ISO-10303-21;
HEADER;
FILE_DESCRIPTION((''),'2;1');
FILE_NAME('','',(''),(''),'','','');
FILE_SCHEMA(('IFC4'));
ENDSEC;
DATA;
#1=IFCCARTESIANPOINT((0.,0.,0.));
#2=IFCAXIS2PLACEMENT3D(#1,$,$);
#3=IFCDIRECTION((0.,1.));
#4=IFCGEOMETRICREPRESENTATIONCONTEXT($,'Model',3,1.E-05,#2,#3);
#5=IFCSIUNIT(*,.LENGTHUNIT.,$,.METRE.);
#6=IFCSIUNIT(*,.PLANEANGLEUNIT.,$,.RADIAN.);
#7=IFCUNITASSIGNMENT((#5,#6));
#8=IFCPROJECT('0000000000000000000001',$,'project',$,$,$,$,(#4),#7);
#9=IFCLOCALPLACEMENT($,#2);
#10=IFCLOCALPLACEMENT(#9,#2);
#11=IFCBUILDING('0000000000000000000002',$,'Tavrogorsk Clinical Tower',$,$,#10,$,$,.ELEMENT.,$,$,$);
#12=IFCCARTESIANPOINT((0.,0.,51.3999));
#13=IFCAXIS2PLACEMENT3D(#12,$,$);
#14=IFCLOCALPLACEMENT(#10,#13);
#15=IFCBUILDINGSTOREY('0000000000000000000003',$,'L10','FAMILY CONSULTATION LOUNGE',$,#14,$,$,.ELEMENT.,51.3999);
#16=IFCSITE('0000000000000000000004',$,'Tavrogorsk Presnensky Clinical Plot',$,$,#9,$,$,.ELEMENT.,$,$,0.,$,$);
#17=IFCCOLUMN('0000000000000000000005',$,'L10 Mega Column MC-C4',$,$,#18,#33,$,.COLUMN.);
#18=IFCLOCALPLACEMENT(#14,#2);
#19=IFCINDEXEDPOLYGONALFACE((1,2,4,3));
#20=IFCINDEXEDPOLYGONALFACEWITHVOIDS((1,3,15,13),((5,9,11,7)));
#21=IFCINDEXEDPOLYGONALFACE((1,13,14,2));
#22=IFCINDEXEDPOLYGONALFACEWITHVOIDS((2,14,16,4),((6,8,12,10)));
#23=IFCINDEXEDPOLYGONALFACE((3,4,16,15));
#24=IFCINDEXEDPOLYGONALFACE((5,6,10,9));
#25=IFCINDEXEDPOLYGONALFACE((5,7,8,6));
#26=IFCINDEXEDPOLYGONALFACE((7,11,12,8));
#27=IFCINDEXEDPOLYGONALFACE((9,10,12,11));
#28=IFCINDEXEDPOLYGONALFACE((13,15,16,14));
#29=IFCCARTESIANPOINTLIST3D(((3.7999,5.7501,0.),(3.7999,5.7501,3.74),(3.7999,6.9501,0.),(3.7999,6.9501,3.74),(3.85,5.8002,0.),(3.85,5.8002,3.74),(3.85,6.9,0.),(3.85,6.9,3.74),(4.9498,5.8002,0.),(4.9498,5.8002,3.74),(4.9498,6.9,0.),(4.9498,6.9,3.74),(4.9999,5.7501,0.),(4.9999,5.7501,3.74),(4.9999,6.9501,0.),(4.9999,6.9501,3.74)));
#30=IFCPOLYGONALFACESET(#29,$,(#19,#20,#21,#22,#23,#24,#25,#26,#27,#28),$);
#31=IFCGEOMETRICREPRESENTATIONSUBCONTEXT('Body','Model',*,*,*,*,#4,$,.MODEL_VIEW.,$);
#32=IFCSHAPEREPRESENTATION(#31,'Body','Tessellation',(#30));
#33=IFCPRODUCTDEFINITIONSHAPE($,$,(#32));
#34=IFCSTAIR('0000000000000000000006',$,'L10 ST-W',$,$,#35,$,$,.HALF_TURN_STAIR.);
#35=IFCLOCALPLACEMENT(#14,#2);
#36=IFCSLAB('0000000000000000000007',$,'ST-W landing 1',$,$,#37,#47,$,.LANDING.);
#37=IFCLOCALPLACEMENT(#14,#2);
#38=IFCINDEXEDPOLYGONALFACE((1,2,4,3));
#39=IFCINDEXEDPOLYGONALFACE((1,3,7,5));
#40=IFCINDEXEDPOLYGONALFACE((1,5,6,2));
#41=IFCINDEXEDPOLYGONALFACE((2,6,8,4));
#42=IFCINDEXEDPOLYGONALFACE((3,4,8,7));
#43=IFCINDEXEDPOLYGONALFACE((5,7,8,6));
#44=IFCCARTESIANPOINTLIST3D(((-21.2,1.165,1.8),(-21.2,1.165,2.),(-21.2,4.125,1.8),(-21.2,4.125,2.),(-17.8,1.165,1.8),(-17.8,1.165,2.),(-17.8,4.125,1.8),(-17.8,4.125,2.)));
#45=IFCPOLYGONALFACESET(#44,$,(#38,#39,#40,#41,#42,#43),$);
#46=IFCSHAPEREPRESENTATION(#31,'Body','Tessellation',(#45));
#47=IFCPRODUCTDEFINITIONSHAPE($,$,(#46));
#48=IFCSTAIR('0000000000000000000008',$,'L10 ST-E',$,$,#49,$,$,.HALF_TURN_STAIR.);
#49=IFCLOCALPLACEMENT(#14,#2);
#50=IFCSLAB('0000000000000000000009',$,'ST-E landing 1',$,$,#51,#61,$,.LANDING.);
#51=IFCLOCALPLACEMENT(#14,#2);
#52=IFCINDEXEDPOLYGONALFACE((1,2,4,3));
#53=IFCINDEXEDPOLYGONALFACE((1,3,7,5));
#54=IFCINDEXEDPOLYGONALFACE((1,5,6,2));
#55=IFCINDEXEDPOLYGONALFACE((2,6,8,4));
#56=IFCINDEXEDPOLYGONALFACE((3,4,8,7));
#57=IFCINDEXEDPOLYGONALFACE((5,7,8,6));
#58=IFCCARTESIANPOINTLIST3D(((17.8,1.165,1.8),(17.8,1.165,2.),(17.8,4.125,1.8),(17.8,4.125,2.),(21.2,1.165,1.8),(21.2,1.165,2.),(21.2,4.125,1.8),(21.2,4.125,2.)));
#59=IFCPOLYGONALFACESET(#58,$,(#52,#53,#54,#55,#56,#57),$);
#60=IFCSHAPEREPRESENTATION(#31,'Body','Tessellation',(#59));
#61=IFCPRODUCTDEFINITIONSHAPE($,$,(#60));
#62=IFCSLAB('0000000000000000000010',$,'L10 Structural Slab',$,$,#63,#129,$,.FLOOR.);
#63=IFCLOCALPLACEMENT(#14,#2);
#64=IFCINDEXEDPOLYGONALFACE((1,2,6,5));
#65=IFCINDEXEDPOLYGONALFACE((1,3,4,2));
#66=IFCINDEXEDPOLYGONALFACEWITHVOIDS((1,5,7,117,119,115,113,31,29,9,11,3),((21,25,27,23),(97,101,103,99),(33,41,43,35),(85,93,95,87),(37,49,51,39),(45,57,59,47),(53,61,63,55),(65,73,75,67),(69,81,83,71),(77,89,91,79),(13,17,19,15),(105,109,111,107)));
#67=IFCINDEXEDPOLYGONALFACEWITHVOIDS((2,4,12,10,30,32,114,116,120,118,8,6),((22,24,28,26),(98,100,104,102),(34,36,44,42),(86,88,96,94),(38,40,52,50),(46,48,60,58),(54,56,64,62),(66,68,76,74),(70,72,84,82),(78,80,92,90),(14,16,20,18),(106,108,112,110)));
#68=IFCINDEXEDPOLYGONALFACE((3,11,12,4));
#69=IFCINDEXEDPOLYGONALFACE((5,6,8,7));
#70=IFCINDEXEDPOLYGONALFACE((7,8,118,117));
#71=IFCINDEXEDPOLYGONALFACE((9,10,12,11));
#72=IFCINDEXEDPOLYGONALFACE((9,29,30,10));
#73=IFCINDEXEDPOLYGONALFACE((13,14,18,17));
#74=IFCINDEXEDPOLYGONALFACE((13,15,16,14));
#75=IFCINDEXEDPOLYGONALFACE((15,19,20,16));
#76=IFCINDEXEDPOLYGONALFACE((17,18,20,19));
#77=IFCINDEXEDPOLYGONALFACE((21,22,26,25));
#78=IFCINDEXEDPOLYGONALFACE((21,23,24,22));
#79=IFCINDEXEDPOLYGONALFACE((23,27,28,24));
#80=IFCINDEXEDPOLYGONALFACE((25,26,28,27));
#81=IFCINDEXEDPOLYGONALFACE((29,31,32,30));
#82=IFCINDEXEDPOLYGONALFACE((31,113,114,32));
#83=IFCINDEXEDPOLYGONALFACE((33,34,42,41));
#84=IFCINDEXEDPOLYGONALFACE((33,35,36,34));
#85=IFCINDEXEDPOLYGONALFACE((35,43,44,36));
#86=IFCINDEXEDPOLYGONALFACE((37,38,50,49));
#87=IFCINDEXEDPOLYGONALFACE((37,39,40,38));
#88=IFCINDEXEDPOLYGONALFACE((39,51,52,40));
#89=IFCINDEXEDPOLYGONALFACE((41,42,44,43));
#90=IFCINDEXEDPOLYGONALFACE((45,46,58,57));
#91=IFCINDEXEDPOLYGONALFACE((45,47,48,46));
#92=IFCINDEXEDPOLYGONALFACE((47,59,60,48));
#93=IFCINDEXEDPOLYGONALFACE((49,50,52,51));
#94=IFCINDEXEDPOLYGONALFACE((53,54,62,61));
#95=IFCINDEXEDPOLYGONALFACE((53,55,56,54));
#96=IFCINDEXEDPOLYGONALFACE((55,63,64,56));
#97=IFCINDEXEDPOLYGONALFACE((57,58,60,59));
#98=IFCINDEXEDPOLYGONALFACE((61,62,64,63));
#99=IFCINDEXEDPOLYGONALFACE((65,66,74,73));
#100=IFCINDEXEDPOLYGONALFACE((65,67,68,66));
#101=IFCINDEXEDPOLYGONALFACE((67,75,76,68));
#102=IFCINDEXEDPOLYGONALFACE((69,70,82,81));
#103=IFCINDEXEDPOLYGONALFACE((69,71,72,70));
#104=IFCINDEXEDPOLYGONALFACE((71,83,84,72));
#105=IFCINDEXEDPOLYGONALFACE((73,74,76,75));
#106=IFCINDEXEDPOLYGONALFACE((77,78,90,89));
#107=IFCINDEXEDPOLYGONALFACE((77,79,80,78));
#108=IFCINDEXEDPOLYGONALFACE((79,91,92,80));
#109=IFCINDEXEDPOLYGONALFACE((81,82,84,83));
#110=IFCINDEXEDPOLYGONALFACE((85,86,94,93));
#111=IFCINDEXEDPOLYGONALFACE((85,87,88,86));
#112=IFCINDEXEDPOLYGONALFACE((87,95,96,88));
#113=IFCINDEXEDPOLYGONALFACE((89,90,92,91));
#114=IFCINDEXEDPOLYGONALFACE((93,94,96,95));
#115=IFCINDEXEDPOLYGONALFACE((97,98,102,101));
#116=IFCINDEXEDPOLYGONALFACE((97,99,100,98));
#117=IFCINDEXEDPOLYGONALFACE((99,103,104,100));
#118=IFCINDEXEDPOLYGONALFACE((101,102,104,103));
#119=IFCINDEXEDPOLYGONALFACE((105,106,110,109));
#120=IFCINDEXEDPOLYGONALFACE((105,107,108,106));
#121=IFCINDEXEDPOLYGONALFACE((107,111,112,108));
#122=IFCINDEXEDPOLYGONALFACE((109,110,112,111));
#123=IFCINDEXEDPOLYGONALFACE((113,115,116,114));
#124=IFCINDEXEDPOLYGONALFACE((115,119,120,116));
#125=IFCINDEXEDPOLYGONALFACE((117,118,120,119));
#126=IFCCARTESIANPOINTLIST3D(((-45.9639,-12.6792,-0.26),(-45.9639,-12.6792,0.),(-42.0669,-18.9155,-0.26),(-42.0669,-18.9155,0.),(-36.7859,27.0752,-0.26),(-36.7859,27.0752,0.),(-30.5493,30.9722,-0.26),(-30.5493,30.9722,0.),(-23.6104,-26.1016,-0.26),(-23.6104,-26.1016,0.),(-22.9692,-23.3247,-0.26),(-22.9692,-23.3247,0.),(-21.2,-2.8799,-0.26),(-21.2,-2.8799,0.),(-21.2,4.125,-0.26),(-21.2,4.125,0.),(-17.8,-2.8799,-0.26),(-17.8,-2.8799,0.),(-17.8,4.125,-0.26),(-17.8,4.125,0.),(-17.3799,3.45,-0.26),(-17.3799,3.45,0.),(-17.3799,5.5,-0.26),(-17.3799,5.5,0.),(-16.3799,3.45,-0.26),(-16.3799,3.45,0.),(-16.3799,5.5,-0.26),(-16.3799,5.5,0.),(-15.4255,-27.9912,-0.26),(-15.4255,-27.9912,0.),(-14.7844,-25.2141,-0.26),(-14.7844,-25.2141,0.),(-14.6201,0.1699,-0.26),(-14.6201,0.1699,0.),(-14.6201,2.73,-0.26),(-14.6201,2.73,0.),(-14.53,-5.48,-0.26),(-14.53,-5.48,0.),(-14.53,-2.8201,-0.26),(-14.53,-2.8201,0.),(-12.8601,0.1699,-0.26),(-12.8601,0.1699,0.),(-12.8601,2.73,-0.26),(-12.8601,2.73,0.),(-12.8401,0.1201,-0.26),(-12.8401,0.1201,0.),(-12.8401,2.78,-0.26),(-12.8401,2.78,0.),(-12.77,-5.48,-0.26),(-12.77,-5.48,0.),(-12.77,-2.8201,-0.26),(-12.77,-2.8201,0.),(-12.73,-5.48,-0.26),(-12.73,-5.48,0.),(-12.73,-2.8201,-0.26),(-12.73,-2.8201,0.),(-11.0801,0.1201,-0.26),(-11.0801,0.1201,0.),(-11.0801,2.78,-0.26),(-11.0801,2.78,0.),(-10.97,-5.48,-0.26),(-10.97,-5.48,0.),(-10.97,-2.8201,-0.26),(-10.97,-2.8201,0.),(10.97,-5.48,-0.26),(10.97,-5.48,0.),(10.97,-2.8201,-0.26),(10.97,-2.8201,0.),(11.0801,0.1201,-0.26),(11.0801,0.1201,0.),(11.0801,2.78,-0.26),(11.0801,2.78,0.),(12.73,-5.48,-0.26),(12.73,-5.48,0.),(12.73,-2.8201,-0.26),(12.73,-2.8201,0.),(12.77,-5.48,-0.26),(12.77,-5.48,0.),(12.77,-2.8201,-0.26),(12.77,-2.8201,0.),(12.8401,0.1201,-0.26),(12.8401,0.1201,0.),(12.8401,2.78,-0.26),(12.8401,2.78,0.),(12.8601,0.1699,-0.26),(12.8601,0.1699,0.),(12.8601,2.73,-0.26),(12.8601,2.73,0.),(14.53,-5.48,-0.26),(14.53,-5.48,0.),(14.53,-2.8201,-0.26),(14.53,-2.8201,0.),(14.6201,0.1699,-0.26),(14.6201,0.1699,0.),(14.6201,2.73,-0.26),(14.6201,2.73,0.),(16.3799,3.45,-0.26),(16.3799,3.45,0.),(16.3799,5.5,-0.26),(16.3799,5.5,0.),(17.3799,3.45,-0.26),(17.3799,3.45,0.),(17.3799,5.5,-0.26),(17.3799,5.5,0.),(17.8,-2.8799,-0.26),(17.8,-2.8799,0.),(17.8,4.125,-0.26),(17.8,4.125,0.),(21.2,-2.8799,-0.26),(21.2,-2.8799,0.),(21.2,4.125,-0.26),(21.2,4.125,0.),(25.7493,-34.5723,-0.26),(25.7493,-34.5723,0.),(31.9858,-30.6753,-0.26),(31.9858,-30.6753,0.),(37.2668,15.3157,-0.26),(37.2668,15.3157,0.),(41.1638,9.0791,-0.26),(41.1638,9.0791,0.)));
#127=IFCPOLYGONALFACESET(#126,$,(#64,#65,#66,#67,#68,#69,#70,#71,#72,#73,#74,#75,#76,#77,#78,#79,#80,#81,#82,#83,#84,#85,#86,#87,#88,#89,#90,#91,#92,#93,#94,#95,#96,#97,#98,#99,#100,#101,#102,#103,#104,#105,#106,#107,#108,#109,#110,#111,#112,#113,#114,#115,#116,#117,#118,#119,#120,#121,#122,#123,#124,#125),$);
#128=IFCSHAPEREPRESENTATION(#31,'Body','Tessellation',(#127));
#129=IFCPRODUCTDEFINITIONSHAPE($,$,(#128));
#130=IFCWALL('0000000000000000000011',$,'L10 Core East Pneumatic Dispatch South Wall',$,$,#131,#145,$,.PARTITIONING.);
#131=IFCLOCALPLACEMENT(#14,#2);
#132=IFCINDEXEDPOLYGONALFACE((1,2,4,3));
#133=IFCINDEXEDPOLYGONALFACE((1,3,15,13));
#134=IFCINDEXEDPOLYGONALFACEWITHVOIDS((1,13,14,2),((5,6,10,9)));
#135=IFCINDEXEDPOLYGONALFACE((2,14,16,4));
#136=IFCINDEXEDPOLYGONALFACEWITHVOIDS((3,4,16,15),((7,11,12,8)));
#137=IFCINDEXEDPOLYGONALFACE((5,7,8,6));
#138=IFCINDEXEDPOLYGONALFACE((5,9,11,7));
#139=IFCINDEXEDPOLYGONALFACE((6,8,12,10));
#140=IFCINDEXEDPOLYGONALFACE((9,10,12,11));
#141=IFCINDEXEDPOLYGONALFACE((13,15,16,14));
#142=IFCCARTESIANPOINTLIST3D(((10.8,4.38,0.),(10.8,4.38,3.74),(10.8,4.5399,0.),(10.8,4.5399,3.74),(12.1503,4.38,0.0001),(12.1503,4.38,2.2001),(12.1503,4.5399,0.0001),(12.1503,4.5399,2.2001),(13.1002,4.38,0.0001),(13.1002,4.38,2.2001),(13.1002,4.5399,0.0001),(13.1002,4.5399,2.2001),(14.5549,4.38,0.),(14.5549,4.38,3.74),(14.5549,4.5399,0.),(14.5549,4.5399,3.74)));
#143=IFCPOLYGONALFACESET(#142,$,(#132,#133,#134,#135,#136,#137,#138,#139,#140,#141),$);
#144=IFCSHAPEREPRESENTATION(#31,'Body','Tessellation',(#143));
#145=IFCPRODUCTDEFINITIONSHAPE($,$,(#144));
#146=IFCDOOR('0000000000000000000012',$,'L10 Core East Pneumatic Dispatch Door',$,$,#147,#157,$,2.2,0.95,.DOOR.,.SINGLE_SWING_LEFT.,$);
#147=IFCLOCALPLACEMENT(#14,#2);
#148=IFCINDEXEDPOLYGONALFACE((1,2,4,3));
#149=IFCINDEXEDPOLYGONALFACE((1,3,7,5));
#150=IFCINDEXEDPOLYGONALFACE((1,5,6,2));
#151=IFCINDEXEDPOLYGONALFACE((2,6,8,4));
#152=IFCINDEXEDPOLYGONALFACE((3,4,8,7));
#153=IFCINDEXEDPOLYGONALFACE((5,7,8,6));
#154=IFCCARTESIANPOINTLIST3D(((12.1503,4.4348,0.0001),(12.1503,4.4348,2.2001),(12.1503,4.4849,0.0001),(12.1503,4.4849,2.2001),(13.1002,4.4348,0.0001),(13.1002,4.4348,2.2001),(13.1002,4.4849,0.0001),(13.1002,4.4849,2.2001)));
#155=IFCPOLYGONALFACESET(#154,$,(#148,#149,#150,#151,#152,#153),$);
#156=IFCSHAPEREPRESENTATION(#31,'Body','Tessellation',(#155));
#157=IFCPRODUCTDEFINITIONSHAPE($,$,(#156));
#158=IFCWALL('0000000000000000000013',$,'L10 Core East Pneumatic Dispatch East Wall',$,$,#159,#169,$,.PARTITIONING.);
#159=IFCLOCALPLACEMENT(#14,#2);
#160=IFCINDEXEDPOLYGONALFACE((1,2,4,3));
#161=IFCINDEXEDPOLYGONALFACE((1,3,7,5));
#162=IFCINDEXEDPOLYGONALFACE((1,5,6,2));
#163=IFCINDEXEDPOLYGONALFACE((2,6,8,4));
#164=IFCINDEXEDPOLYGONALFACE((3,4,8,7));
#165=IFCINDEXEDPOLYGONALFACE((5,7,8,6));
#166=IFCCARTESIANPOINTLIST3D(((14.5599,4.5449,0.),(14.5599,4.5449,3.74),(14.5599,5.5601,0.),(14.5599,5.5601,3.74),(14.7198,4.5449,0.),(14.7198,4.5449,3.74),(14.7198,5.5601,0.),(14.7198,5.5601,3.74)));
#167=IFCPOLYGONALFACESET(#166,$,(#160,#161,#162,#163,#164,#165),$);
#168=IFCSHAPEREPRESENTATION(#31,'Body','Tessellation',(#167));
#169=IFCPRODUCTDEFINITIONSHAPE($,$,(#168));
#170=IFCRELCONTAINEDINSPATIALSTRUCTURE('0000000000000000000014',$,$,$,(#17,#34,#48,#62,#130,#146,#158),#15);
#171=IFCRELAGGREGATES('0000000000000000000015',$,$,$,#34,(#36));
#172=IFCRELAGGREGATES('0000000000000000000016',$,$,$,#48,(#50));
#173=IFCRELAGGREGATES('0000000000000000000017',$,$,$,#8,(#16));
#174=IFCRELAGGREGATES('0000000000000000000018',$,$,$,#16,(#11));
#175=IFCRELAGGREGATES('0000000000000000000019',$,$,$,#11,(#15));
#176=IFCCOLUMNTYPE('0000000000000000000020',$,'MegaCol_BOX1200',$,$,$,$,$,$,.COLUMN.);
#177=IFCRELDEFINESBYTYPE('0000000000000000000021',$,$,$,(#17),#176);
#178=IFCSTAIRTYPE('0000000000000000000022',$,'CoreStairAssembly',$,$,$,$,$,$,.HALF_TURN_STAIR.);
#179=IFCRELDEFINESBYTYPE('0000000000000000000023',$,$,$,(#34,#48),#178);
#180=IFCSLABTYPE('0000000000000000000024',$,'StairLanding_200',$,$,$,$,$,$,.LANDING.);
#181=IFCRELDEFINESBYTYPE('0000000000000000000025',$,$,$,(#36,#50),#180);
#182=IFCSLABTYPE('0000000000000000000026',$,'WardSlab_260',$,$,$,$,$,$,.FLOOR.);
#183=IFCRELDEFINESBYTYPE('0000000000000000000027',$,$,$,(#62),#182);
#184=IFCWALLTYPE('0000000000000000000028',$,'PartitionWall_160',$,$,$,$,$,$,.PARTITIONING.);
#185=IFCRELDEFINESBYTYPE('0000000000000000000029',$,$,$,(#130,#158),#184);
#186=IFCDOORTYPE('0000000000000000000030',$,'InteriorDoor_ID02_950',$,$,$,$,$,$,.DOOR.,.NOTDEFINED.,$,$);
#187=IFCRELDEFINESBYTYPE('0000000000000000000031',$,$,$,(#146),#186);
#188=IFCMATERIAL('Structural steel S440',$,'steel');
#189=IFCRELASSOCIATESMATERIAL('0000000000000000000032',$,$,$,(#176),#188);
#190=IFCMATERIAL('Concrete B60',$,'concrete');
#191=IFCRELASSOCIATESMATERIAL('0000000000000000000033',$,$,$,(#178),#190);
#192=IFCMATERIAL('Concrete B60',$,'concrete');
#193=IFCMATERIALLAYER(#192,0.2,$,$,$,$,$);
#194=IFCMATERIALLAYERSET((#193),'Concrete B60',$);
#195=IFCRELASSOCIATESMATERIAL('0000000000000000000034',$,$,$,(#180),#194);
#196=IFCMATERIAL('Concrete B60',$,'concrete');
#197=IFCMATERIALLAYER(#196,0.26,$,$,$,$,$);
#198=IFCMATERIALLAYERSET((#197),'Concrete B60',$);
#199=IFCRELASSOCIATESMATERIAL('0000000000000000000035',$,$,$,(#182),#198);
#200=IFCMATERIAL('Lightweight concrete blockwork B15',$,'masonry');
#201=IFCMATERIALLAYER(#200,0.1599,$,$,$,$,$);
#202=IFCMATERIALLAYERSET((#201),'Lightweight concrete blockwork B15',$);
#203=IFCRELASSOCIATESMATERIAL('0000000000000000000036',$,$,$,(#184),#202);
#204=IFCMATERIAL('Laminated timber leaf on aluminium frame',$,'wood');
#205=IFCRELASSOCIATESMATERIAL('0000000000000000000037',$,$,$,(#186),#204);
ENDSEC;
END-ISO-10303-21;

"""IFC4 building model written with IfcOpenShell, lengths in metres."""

from ifc_helpers import new_model, si_unit, direction, frame, frame_2d, origin, origin_2d, place, context, subcontext, project, spatial, polyline, rectangle, hollow_rectangle, outline, extrude, material, layer, layer_set, material_profile, profile_set, type_object, element, fill, aggregate, save


model = new_model("IFC4")

# Units and contexts
model_context = context("Model", 3, precision=1e-05, world=origin(), true_north=direction((0.0, 1.0)))
body_context = subcontext(model_context, "Body", "Model", "MODEL_VIEW")
ifc_project = project(units=[si_unit("LENGTHUNIT", "METRE"), si_unit("PLANEANGLEUNIT", "RADIAN")], contexts=[model_context])

# Site, building, storey
site_placement = place(None, origin())
site = spatial("IfcSite", under=ifc_project, at=site_placement, Name="Tavrogorsk Presnensky Clinical Plot", CompositionType="ELEMENT", RefElevation=0.0)
building_placement = place(site_placement, origin())
building = spatial("IfcBuilding", under=site, at=building_placement, Name="Tavrogorsk Clinical Tower", CompositionType="ELEMENT")
storey_placement = place(building_placement, frame((0.0, 0.0, 51.3999)))
storey = spatial("IfcBuildingStorey", under=building, at=storey_placement, Name="L10", Description="FAMILY CONSULTATION LOUNGE", CompositionType="ELEMENT", Elevation=51.3999)

# Column
ifc_material_1 = material(Name="Structural steel S440", Category="steel")
ifc_material_profile = material_profile(ifc_material_1, hollow_rectangle(XDim=1.2, YDim=1.2, WallThickness=0.05, at=origin_2d()), Name="BOX-1200x1200x50")
ifc_profile_set = profile_set([ifc_material_profile], Name="Structural steel S440")
column_type = type_object("IfcColumnType", Name="MegaCol_BOX1200", PredefinedType="COLUMN", material=ifc_profile_set)
column_placement = place(storey_placement, frame((4.3999, 6.3501, 0.0), z_axis=(0.0, 0.0, 1.0), x_axis=(1.0, 0.0, 0.0)))
element("IfcColumn", 1, at=column_placement, inside=storey, type_object=column_type, Name="L10 Mega Column MC-C4", PredefinedType="COLUMN", context=body_context, shape_type="SweptSolid", body=[
    extrude(hollow_rectangle(XDim=1.2, YDim=1.2, WallThickness=0.05, at=origin_2d()), origin(), (0.0, 0.0, 1.0), 3.74),
])

# Stairs, slabs
ifc_material_2 = material(Name="Concrete B60", Category="concrete")
stair_type = type_object("IfcStairType", Name="CoreStairAssembly", PredefinedType="HALF_TURN_STAIR", material=ifc_material_2)
stair_1_placement = place(storey_placement, origin())
stair_1 = element("IfcStair", 2, at=stair_1_placement, inside=storey, type_object=stair_type, Name="L10 ST-W", PredefinedType="HALF_TURN_STAIR")
ifc_material_3 = material(Name="Concrete B60", Category="concrete")
ifc_layer_1 = layer(ifc_material_3, 0.2)
ifc_layer_set_1 = layer_set([ifc_layer_1], Name="Concrete B60")
slab_type_1 = type_object("IfcSlabType", Name="StairLanding_200", PredefinedType="LANDING", material=ifc_layer_set_1)
slab_1_placement = place(storey_placement, frame((0.0, 0.0, 1.8)))
slab_1 = element("IfcSlab", 3, at=slab_1_placement, type_object=slab_type_1, Name="ST-W landing 1", PredefinedType="LANDING", context=body_context, shape_type="SweptSolid", body=[
    extrude(outline(polyline([(-17.8, 1.165), (-17.8, 4.125), (-21.2, 4.125), (-21.2, 1.165), (-17.8, 1.165)])), origin(), (0.0, 0.0, 1.0), 0.2),
])
aggregate(stair_1, [slab_1])
stair_2_placement = place(storey_placement, origin())
stair_2 = element("IfcStair", 4, at=stair_2_placement, inside=storey, type_object=stair_type, Name="L10 ST-E", PredefinedType="HALF_TURN_STAIR")
slab_2_placement = place(storey_placement, frame((0.0, 0.0, 1.8)))
slab_2 = element("IfcSlab", 5, at=slab_2_placement, type_object=slab_type_1, Name="ST-E landing 1", PredefinedType="LANDING", context=body_context, shape_type="SweptSolid", body=[
    extrude(outline(polyline([(21.2, 1.165), (21.2, 4.125), (17.8, 4.125), (17.8, 1.165), (21.2, 1.165)])), origin(), (0.0, 0.0, 1.0), 0.2),
])
aggregate(stair_2, [slab_2])

# Slab
ifc_material_4 = material(Name="Concrete B60", Category="concrete")
ifc_layer_2 = layer(ifc_material_4, 0.26)
ifc_layer_set_2 = layer_set([ifc_layer_2], Name="Concrete B60")
slab_type_2 = type_object("IfcSlabType", Name="WardSlab_260", PredefinedType="FLOOR", material=ifc_layer_set_2)
slab_3_placement = place(storey_placement, frame((0.0, 0.0, -0.26)))
element("IfcSlab", 6, at=slab_3_placement, inside=storey, type_object=slab_type_2, Name="L10 Structural Slab", PredefinedType="FLOOR", context=body_context, shape_type="SweptSolid", body=[
    extrude(outline(polyline([(-42.0669, -18.9155), (-45.9639, -12.6792), (-36.7859, 27.0752), (-30.5493, 30.9722), (37.2668, 15.3157), (41.1638, 9.0791), (31.9858, -30.6753), (25.7493, -34.5723), (-14.7844, -25.2141), (-15.4255, -27.9912), (-23.6104, -26.1016), (-22.9692, -23.3247), (-42.0669, -18.9155)]), holes=[polyline([(-17.8, -2.8799), (-17.8, 4.125), (-21.2, 4.125), (-21.2, -2.8799), (-17.8, -2.8799)]), polyline([(21.2, -2.8799), (21.2, 4.125), (17.8, 4.125), (17.8, -2.8799), (21.2, -2.8799)]), polyline([(-14.6201, 0.1699), (-12.8601, 0.1699), (-12.8601, 2.73), (-14.6201, 2.73), (-14.6201, 0.1699)]), polyline([(-14.53, -5.48), (-12.77, -5.48), (-12.77, -2.8201), (-14.53, -2.8201), (-14.53, -5.48)]), polyline([(-12.73, -5.48), (-10.97, -5.48), (-10.97, -2.8201), (-12.73, -2.8201), (-12.73, -5.48)]), polyline([(-12.8401, 0.1201), (-11.0801, 0.1201), (-11.0801, 2.78), (-12.8401, 2.78), (-12.8401, 0.1201)]), polyline([(12.8601, 0.1699), (14.6201, 0.1699), (14.6201, 2.73), (12.8601, 2.73), (12.8601, 0.1699)]), polyline([(12.77, -5.48), (14.53, -5.48), (14.53, -2.8201), (12.77, -2.8201), (12.77, -5.48)]), polyline([(10.97, -5.48), (12.73, -5.48), (12.73, -2.8201), (10.97, -2.8201), (10.97, -5.48)]), polyline([(11.0801, 0.1201), (12.8401, 0.1201), (12.8401, 2.78), (11.0801, 2.78), (11.0801, 0.1201)]), polyline([(-17.3799, 3.45), (-16.3799, 3.45), (-16.3799, 5.5), (-17.3799, 5.5), (-17.3799, 3.45)]), polyline([(16.3799, 3.45), (17.3799, 3.45), (17.3799, 5.5), (16.3799, 5.5), (16.3799, 3.45)])]), origin(), (0.0, 0.0, 1.0), 0.26),
])

# Wall, opening, door
ifc_material_5 = material(Name="Lightweight concrete blockwork B15", Category="masonry")
ifc_layer_3 = layer(ifc_material_5, 0.1599)
ifc_layer_set_3 = layer_set([ifc_layer_3], Name="Lightweight concrete blockwork B15")
wall_type_1 = type_object("IfcWallType", Name="PartitionWall_160", PredefinedType="PARTITIONING", material=ifc_layer_set_3)
wall_1_placement = place(storey_placement, frame((10.8, 4.46, 0.0), z_axis=(0.0, 0.0, 1.0), x_axis=(1.0, 0.0, 0.0)))
wall_1 = element("IfcWall", 7, at=wall_1_placement, inside=storey, type_object=wall_type_1, Name="L10 Core East Pneumatic Dispatch South Wall", PredefinedType="PARTITIONING", context=body_context, shape_type="SweptSolid", body=[
    extrude(rectangle(XDim=3.7549, YDim=0.1599, at=frame_2d((1.8774, 0.0))), origin(), (0.0, 0.0, 1.0), 3.74),
])
opening_1_placement = place(wall_1_placement, frame((1.3501, 0.0, 0.0)))
opening_1 = element("IfcOpeningElement", 8, at=opening_1_placement, cuts=wall_1, PredefinedType="OPENING", context=body_context, shape_type="SweptSolid", body=[
    extrude(rectangle(XDim=0.95, YDim=2.2, at=frame_2d((0.4751, 1.1001))), frame((0.0, 0.0898, 0.0), z_axis=(0.0, -1.0, 0.0), x_axis=(1.0, 0.0, 0.0)), (0.0, 0.0, 1.0), 0.1799),
])
ifc_material_6 = material(Name="Laminated timber leaf on aluminium frame", Category="wood")
door_type_1 = type_object("IfcDoorType", Name="InteriorDoor_ID02_950", OperationType="NOTDEFINED", PredefinedType="DOOR", material=ifc_material_6)
door_1_placement = place(opening_1_placement, origin())
door_1 = element("IfcDoor", 9, at=door_1_placement, inside=storey, type_object=door_type_1, Name="L10 Core East Pneumatic Dispatch Door", OperationType="SINGLE_SWING_LEFT", OverallHeight=2.2, OverallWidth=0.95, PredefinedType="DOOR", context=body_context, shape_type="SweptSolid", body=[
    extrude(rectangle(XDim=0.95, YDim=2.2, at=frame_2d((0.4751, 1.1001))), frame((0.0, 0.0249, 0.0), z_axis=(0.0, -1.0, 0.0), x_axis=(1.0, 0.0, 0.0)), (0.0, 0.0, 1.0), 0.05),
])
fill(opening_1, door_1)

# Wall
wall_2_placement = place(storey_placement, frame((14.6399, 4.5449, 0.0), z_axis=(0.0, 0.0, 1.0), x_axis=(0.0, 1.0, 0.0)))
element("IfcWall", 10, at=wall_2_placement, inside=storey, type_object=wall_type_1, Name="L10 Core East Pneumatic Dispatch East Wall", PredefinedType="PARTITIONING", context=body_context, shape_type="SweptSolid", body=[
    extrude(rectangle(XDim=1.0151, YDim=0.1599, at=frame_2d((0.5076, 0.0))), origin(), (0.0, 0.0, 1.0), 3.74),
])

save(model, "model.ifc")
